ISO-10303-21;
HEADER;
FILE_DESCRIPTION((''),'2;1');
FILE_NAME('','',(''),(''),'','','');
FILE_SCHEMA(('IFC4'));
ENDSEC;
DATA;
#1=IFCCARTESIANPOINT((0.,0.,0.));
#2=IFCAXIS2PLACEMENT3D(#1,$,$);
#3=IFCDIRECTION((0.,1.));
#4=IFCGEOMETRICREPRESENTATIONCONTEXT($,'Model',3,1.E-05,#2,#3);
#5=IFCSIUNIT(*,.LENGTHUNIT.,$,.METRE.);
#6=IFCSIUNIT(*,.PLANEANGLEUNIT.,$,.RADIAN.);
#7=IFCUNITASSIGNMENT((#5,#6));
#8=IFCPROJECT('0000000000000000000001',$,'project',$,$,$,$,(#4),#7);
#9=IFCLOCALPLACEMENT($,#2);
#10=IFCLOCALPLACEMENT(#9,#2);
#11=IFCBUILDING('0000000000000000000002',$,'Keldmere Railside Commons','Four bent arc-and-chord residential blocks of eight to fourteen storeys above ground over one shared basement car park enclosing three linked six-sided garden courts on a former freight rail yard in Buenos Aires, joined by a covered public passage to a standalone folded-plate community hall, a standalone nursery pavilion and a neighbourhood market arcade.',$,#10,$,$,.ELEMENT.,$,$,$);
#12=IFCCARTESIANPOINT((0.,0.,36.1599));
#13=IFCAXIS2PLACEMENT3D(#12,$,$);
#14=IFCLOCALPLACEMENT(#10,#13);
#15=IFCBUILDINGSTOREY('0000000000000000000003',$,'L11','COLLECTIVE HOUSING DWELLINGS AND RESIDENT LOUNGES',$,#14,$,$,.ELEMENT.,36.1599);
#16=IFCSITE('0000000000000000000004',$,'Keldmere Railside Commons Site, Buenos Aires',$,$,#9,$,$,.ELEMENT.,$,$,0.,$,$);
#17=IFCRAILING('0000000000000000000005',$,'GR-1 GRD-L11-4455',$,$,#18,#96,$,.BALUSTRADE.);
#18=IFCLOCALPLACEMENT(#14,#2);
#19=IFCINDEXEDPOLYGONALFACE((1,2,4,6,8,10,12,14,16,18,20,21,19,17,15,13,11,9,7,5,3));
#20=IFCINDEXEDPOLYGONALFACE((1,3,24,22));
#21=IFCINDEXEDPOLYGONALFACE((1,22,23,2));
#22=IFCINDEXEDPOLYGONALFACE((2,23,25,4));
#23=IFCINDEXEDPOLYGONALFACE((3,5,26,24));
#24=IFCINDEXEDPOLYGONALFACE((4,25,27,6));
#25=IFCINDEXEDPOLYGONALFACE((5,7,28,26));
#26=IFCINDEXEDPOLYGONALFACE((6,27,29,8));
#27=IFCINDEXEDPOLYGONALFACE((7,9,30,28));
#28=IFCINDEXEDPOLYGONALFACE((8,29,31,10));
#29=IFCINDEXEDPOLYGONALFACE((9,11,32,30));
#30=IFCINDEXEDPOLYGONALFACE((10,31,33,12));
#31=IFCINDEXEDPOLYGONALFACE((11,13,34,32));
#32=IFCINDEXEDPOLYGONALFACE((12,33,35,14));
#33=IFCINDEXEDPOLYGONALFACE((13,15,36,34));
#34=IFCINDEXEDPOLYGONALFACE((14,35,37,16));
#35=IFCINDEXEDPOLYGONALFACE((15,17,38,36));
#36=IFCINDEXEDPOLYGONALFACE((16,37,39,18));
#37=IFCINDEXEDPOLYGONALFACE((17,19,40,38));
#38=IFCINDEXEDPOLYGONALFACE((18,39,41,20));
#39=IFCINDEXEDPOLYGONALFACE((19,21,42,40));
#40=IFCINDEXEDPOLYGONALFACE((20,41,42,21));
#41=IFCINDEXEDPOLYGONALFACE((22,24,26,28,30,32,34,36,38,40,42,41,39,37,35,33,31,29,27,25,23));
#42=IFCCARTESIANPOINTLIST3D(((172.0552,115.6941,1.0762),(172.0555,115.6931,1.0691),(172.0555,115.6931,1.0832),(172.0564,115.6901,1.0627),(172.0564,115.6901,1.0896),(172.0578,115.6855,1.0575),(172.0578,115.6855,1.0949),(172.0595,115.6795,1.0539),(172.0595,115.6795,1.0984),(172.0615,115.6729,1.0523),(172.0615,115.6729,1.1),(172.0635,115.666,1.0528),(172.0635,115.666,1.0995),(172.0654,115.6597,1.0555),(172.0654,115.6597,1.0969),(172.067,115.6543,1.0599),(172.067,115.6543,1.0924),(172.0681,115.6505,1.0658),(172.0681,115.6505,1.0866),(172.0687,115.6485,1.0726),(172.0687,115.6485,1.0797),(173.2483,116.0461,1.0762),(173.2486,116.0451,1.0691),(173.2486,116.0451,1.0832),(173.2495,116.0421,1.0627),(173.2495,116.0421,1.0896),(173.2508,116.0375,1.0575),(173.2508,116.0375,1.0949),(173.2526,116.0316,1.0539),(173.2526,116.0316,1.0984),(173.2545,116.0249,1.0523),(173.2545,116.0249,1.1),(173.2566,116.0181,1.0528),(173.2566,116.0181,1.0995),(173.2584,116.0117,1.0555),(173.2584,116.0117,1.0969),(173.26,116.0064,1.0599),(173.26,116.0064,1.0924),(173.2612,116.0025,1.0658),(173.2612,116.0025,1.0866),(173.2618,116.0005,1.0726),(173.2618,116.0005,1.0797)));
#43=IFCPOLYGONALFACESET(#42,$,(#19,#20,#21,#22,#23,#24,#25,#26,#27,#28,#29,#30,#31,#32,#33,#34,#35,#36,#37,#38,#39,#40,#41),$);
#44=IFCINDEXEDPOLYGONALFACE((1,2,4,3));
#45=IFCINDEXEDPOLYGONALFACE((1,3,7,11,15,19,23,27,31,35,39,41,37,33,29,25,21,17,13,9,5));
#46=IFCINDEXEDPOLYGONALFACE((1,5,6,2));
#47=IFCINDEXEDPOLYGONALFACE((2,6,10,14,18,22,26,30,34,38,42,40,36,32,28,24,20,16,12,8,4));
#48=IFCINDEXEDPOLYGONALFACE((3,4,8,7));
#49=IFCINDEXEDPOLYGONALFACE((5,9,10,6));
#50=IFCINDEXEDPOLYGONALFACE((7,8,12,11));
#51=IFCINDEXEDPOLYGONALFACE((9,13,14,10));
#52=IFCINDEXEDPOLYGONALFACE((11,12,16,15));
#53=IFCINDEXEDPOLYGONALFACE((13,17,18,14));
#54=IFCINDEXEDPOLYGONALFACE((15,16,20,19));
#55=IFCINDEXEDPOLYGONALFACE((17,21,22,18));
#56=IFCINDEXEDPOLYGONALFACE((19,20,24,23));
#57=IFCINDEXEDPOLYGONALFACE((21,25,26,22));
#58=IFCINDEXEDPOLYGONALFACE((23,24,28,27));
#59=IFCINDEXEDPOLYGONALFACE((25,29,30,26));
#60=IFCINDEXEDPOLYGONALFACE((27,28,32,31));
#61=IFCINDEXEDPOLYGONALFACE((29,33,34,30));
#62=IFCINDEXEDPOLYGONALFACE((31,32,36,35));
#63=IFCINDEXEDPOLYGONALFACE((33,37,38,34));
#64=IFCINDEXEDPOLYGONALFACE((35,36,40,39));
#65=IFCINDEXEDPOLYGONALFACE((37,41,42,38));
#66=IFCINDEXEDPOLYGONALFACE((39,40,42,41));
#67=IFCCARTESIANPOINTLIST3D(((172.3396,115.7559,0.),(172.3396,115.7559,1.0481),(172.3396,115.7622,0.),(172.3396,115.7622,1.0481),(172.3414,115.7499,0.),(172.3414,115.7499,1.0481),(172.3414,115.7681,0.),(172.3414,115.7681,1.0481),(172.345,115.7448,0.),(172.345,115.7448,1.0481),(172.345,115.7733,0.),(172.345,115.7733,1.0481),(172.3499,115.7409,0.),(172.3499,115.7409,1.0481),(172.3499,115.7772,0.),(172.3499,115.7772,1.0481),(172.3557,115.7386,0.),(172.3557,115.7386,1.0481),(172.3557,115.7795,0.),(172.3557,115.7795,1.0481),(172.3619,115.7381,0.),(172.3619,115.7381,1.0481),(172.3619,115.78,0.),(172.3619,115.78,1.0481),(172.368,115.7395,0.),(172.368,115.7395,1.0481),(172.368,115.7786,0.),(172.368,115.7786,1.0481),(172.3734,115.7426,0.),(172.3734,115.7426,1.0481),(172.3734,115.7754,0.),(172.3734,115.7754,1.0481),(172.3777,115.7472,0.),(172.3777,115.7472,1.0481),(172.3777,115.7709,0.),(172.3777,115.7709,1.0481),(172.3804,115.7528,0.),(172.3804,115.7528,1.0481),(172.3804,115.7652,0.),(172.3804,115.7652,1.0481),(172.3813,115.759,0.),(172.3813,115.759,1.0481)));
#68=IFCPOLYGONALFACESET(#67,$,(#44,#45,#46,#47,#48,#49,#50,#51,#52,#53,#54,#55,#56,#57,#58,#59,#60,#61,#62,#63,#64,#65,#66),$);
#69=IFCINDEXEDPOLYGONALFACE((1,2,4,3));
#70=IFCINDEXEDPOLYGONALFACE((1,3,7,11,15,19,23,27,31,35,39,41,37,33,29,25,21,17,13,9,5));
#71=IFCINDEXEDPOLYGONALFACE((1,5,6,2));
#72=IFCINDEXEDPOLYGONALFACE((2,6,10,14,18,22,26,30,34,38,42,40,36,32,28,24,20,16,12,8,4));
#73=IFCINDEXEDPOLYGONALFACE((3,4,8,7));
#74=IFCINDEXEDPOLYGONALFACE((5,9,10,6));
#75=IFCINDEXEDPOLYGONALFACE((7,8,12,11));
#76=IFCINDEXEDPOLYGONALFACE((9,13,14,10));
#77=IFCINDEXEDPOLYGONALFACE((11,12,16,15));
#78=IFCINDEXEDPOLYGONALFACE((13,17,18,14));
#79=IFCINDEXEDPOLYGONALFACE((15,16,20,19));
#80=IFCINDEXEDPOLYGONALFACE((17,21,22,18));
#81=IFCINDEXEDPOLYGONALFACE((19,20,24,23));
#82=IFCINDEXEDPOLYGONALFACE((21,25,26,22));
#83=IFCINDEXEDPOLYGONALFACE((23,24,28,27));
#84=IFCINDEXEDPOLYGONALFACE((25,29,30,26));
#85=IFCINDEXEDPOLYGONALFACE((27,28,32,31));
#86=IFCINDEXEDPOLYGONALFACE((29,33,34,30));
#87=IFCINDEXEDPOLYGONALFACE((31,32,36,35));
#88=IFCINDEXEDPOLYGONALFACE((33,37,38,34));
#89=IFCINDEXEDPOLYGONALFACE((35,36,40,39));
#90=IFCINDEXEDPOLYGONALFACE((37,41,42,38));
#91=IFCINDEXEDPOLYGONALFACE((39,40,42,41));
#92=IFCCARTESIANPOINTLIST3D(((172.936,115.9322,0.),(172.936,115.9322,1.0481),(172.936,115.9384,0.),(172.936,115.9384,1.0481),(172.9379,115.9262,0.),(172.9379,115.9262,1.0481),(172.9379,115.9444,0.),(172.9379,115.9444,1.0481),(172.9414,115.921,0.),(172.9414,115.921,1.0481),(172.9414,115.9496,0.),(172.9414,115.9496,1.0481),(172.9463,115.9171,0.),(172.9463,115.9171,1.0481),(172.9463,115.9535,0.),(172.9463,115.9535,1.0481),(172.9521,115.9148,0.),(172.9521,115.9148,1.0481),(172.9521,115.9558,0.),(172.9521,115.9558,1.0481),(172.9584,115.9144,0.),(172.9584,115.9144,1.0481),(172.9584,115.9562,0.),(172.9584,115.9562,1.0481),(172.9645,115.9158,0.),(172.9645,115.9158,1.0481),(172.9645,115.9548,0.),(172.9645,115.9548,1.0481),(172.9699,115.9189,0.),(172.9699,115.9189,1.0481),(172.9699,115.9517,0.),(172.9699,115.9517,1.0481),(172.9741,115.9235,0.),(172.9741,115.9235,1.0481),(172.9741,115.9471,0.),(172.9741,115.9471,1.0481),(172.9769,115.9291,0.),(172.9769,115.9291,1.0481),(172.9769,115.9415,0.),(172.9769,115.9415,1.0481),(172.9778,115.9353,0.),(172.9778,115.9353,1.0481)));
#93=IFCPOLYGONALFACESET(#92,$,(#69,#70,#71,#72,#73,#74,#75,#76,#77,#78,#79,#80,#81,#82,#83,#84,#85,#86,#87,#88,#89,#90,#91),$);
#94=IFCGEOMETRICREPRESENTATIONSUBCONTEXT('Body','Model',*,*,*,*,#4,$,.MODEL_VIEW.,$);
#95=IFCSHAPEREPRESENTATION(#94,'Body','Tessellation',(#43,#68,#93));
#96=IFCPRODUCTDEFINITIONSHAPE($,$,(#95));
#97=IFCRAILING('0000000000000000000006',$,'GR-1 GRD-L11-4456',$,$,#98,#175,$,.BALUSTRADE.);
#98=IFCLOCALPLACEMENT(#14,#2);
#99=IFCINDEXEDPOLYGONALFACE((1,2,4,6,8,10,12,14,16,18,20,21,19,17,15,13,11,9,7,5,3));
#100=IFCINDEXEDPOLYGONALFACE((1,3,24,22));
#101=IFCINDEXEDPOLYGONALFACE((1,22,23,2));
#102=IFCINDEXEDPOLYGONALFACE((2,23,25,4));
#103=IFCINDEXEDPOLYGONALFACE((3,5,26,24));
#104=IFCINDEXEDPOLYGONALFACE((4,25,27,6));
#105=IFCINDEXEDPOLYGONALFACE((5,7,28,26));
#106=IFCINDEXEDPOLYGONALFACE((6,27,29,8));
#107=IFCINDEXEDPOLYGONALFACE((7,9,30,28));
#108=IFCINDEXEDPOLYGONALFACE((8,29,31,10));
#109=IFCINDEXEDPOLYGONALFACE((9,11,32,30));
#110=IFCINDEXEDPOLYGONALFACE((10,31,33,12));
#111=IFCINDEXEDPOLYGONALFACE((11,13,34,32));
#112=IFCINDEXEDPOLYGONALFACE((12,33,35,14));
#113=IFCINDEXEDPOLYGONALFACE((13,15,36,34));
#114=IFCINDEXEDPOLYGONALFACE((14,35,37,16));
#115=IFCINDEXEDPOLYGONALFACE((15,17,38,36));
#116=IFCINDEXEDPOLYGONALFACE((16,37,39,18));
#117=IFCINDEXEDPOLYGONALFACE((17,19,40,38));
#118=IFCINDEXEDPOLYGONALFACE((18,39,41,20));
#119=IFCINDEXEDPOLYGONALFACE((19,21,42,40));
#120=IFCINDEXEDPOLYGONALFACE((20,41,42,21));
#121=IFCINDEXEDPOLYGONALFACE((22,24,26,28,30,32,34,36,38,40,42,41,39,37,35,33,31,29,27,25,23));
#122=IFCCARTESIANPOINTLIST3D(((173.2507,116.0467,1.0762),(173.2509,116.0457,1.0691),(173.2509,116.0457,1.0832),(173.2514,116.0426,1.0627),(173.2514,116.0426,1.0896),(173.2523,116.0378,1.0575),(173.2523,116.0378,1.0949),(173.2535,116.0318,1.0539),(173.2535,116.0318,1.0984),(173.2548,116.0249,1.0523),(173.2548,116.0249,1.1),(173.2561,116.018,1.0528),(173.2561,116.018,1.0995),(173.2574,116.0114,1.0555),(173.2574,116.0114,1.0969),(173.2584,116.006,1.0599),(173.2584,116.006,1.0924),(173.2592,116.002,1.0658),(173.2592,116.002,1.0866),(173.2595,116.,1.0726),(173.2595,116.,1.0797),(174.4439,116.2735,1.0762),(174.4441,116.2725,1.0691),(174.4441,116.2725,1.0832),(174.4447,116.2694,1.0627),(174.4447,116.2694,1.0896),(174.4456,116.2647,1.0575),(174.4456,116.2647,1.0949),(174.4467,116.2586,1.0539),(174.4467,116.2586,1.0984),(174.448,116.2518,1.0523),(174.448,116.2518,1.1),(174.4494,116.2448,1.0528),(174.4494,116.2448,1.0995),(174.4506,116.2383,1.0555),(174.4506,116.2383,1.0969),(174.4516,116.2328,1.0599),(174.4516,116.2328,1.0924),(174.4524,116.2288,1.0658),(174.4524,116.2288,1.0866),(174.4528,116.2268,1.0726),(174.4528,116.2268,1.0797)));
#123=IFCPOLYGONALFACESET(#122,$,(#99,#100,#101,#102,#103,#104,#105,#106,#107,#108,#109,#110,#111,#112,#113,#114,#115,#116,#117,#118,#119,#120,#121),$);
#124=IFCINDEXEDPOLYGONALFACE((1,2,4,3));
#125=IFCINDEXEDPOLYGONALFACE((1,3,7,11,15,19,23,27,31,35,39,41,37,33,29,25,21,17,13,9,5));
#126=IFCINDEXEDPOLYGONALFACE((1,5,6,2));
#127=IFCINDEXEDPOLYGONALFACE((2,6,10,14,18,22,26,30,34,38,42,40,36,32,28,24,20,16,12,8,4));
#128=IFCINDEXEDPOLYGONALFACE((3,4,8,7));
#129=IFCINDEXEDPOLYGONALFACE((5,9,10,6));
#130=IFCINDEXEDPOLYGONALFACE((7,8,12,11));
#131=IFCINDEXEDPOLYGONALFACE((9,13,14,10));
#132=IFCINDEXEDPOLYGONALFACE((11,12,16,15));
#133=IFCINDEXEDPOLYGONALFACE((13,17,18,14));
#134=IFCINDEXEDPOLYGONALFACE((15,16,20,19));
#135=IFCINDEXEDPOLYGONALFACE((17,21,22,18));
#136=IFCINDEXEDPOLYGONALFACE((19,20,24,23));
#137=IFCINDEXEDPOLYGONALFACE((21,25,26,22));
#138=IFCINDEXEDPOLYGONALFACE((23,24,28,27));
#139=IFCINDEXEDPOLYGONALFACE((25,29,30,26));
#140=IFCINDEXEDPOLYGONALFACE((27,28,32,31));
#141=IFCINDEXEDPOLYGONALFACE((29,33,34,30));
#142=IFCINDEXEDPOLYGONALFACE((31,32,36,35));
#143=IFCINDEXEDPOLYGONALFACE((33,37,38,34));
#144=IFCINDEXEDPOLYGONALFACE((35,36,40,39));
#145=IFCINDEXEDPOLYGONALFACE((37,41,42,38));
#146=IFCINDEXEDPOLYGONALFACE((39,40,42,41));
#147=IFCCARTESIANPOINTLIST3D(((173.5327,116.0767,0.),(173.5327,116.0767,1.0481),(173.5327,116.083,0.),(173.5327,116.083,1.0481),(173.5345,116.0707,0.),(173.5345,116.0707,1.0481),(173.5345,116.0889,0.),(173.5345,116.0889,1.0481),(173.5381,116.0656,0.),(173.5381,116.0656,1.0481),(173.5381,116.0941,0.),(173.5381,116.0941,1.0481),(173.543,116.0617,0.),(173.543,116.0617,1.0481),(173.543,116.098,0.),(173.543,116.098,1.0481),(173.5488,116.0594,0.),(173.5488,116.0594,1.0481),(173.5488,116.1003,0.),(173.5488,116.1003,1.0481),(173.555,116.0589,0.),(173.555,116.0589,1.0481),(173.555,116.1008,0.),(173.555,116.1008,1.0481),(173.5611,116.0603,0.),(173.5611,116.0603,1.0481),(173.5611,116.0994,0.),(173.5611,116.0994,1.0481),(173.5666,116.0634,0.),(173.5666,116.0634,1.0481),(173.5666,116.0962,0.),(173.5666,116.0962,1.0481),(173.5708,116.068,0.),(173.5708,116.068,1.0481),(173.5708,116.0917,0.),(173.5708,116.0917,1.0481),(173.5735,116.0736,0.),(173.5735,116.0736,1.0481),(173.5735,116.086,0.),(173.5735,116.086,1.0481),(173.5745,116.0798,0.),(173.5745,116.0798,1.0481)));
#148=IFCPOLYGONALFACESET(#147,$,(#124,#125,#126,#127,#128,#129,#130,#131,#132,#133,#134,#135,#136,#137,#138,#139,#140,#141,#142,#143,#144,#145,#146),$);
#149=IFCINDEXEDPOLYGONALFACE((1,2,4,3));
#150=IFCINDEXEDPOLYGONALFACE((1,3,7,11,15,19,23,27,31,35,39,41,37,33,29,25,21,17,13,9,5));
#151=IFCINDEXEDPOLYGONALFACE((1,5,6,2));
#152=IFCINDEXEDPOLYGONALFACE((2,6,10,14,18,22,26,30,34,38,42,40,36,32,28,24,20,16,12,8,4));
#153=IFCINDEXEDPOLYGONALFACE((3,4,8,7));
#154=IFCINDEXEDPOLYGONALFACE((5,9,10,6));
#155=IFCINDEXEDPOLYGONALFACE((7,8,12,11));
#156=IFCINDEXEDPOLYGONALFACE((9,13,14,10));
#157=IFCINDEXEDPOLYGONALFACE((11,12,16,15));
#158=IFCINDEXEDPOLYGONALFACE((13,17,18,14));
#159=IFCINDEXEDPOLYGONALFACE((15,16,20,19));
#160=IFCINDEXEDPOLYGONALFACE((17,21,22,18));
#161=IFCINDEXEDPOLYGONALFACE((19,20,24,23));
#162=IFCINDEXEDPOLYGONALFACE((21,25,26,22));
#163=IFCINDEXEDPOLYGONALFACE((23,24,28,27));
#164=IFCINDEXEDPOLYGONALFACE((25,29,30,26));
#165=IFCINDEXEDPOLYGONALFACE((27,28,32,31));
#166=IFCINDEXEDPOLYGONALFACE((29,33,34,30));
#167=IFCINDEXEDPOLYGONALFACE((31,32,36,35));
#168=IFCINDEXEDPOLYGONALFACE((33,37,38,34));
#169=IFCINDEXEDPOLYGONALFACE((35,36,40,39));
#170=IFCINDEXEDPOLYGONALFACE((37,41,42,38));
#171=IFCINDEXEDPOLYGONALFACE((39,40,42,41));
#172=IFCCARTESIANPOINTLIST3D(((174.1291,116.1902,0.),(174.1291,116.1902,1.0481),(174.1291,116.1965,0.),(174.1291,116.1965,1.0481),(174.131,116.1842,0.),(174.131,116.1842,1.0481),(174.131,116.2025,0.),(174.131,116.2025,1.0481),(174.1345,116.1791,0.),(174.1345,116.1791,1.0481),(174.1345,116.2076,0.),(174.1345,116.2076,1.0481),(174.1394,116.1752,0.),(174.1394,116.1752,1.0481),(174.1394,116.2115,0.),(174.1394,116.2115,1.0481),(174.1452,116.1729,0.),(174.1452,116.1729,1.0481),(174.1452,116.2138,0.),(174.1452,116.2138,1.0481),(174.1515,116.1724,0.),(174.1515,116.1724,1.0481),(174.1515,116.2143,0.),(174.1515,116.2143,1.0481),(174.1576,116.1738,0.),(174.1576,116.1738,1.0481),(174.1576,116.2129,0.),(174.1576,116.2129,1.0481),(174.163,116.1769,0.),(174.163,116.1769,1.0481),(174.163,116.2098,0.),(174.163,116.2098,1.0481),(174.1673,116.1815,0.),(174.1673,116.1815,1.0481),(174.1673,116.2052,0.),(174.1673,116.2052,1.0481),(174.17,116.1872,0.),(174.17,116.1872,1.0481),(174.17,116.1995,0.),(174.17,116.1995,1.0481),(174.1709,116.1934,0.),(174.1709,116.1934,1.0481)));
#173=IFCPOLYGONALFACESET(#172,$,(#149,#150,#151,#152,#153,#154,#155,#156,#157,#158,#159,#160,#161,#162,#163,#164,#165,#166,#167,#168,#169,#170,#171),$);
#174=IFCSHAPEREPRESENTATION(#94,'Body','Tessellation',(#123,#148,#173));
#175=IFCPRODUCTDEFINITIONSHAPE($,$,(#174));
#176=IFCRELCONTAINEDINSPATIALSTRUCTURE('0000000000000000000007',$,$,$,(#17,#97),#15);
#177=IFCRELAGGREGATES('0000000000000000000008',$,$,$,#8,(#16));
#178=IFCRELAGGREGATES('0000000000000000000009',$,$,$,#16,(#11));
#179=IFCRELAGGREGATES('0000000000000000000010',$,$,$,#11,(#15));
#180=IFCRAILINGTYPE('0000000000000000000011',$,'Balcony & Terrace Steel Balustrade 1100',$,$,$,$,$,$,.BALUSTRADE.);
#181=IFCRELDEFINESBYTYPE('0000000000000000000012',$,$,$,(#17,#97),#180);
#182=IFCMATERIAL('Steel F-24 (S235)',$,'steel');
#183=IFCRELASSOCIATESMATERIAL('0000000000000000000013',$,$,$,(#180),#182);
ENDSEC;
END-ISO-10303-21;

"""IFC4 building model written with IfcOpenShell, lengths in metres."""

from ifc_helpers import new_model, si_unit, direction, frame, origin, origin_2d, place, context, subcontext, project, spatial, circle, extrude, material, type_object, element, save


model = new_model("IFC4")

# Units and contexts
model_context = context("Model", 3, precision=1e-05, world=origin(), true_north=direction((0.0, 1.0)))
body_context = subcontext(model_context, "Body", "Model", "MODEL_VIEW")
ifc_project = project(units=[si_unit("LENGTHUNIT", "METRE"), si_unit("PLANEANGLEUNIT", "RADIAN")], contexts=[model_context])

# Site, building, storey
site_placement = place(None, origin())
site = spatial("IfcSite", under=ifc_project, at=site_placement, Name="Keldmere Railside Commons Site, Buenos Aires", CompositionType="ELEMENT", RefElevation=0.0)
building_placement = place(site_placement, origin())
building = spatial("IfcBuilding", under=site, at=building_placement, Name="Keldmere Railside Commons", Description="Four bent arc-and-chord residential blocks of eight to fourteen storeys above ground over one shared basement car park enclosing three linked six-sided garden courts on a former freight rail yard in Buenos Aires, joined by a covered public passage to a standalone folded-plate community hall, a standalone nursery pavilion and a neighbourhood market arcade.", CompositionType="ELEMENT")
storey_placement = place(building_placement, frame((0.0, 0.0, 36.1599)))
storey = spatial("IfcBuildingStorey", under=building, at=storey_placement, Name="L11", Description="COLLECTIVE HOUSING DWELLINGS AND RESIDENT LOUNGES", CompositionType="ELEMENT", Elevation=36.1599)

# Railings
ifc_material_1 = material(Name="Steel F-24 (S235)", Category="steel")
railing_type = type_object("IfcRailingType", Name="Balcony & Terrace Steel Balustrade 1100", PredefinedType="BALUSTRADE", material=ifc_material_1)
railing_1_placement = place(storey_placement, frame((172.062, 115.6711, 0.0)))
element("IfcRailing", 1, at=railing_1_placement, inside=storey, type_object=railing_type, Name="GR-1 GRD-L11-4455", PredefinedType="BALUSTRADE", context=body_context, shape_type="SweptSolid", body=[
    extrude(circle(Radius=0.0239, at=origin_2d()), frame((0.0, 0.0, 1.0762), z_axis=(0.959118, 0.283006, 0.0), x_axis=(-0.283006, 0.959118, 0.0)), (0.0, 0.0, 1.0), 1.2439),
    extrude(circle(Radius=0.021, at=origin_2d()), frame((0.2983, 0.0879, 0.0)), (0.0, 0.0, 1.0), 1.0481),
    extrude(circle(Radius=0.021, at=origin_2d()), frame((0.8948, 0.2642, 0.0)), (0.0, 0.0, 1.0), 1.0481),
])
railing_2_placement = place(storey_placement, frame((173.2551, 116.0232, 0.0)))
element("IfcRailing", 2, at=railing_2_placement, inside=storey, type_object=railing_type, Name="GR-1 GRD-L11-4456", PredefinedType="BALUSTRADE", context=body_context, shape_type="SweptSolid", body=[
    extrude(circle(Radius=0.0239, at=origin_2d()), frame((0.0, 0.0, 1.0762), z_axis=(0.982407, 0.186752, 0.0), x_axis=(-0.186752, 0.982407, 0.0)), (0.0, 0.0, 1.0), 1.2146),
    extrude(circle(Radius=0.021, at=origin_2d()), frame((0.2983, 0.0566, 0.0)), (0.0, 0.0, 1.0), 1.0481),
    extrude(circle(Radius=0.021, at=origin_2d()), frame((0.8948, 0.1702, 0.0)), (0.0, 0.0, 1.0), 1.0481),
])

save(model, "model.ifc")
